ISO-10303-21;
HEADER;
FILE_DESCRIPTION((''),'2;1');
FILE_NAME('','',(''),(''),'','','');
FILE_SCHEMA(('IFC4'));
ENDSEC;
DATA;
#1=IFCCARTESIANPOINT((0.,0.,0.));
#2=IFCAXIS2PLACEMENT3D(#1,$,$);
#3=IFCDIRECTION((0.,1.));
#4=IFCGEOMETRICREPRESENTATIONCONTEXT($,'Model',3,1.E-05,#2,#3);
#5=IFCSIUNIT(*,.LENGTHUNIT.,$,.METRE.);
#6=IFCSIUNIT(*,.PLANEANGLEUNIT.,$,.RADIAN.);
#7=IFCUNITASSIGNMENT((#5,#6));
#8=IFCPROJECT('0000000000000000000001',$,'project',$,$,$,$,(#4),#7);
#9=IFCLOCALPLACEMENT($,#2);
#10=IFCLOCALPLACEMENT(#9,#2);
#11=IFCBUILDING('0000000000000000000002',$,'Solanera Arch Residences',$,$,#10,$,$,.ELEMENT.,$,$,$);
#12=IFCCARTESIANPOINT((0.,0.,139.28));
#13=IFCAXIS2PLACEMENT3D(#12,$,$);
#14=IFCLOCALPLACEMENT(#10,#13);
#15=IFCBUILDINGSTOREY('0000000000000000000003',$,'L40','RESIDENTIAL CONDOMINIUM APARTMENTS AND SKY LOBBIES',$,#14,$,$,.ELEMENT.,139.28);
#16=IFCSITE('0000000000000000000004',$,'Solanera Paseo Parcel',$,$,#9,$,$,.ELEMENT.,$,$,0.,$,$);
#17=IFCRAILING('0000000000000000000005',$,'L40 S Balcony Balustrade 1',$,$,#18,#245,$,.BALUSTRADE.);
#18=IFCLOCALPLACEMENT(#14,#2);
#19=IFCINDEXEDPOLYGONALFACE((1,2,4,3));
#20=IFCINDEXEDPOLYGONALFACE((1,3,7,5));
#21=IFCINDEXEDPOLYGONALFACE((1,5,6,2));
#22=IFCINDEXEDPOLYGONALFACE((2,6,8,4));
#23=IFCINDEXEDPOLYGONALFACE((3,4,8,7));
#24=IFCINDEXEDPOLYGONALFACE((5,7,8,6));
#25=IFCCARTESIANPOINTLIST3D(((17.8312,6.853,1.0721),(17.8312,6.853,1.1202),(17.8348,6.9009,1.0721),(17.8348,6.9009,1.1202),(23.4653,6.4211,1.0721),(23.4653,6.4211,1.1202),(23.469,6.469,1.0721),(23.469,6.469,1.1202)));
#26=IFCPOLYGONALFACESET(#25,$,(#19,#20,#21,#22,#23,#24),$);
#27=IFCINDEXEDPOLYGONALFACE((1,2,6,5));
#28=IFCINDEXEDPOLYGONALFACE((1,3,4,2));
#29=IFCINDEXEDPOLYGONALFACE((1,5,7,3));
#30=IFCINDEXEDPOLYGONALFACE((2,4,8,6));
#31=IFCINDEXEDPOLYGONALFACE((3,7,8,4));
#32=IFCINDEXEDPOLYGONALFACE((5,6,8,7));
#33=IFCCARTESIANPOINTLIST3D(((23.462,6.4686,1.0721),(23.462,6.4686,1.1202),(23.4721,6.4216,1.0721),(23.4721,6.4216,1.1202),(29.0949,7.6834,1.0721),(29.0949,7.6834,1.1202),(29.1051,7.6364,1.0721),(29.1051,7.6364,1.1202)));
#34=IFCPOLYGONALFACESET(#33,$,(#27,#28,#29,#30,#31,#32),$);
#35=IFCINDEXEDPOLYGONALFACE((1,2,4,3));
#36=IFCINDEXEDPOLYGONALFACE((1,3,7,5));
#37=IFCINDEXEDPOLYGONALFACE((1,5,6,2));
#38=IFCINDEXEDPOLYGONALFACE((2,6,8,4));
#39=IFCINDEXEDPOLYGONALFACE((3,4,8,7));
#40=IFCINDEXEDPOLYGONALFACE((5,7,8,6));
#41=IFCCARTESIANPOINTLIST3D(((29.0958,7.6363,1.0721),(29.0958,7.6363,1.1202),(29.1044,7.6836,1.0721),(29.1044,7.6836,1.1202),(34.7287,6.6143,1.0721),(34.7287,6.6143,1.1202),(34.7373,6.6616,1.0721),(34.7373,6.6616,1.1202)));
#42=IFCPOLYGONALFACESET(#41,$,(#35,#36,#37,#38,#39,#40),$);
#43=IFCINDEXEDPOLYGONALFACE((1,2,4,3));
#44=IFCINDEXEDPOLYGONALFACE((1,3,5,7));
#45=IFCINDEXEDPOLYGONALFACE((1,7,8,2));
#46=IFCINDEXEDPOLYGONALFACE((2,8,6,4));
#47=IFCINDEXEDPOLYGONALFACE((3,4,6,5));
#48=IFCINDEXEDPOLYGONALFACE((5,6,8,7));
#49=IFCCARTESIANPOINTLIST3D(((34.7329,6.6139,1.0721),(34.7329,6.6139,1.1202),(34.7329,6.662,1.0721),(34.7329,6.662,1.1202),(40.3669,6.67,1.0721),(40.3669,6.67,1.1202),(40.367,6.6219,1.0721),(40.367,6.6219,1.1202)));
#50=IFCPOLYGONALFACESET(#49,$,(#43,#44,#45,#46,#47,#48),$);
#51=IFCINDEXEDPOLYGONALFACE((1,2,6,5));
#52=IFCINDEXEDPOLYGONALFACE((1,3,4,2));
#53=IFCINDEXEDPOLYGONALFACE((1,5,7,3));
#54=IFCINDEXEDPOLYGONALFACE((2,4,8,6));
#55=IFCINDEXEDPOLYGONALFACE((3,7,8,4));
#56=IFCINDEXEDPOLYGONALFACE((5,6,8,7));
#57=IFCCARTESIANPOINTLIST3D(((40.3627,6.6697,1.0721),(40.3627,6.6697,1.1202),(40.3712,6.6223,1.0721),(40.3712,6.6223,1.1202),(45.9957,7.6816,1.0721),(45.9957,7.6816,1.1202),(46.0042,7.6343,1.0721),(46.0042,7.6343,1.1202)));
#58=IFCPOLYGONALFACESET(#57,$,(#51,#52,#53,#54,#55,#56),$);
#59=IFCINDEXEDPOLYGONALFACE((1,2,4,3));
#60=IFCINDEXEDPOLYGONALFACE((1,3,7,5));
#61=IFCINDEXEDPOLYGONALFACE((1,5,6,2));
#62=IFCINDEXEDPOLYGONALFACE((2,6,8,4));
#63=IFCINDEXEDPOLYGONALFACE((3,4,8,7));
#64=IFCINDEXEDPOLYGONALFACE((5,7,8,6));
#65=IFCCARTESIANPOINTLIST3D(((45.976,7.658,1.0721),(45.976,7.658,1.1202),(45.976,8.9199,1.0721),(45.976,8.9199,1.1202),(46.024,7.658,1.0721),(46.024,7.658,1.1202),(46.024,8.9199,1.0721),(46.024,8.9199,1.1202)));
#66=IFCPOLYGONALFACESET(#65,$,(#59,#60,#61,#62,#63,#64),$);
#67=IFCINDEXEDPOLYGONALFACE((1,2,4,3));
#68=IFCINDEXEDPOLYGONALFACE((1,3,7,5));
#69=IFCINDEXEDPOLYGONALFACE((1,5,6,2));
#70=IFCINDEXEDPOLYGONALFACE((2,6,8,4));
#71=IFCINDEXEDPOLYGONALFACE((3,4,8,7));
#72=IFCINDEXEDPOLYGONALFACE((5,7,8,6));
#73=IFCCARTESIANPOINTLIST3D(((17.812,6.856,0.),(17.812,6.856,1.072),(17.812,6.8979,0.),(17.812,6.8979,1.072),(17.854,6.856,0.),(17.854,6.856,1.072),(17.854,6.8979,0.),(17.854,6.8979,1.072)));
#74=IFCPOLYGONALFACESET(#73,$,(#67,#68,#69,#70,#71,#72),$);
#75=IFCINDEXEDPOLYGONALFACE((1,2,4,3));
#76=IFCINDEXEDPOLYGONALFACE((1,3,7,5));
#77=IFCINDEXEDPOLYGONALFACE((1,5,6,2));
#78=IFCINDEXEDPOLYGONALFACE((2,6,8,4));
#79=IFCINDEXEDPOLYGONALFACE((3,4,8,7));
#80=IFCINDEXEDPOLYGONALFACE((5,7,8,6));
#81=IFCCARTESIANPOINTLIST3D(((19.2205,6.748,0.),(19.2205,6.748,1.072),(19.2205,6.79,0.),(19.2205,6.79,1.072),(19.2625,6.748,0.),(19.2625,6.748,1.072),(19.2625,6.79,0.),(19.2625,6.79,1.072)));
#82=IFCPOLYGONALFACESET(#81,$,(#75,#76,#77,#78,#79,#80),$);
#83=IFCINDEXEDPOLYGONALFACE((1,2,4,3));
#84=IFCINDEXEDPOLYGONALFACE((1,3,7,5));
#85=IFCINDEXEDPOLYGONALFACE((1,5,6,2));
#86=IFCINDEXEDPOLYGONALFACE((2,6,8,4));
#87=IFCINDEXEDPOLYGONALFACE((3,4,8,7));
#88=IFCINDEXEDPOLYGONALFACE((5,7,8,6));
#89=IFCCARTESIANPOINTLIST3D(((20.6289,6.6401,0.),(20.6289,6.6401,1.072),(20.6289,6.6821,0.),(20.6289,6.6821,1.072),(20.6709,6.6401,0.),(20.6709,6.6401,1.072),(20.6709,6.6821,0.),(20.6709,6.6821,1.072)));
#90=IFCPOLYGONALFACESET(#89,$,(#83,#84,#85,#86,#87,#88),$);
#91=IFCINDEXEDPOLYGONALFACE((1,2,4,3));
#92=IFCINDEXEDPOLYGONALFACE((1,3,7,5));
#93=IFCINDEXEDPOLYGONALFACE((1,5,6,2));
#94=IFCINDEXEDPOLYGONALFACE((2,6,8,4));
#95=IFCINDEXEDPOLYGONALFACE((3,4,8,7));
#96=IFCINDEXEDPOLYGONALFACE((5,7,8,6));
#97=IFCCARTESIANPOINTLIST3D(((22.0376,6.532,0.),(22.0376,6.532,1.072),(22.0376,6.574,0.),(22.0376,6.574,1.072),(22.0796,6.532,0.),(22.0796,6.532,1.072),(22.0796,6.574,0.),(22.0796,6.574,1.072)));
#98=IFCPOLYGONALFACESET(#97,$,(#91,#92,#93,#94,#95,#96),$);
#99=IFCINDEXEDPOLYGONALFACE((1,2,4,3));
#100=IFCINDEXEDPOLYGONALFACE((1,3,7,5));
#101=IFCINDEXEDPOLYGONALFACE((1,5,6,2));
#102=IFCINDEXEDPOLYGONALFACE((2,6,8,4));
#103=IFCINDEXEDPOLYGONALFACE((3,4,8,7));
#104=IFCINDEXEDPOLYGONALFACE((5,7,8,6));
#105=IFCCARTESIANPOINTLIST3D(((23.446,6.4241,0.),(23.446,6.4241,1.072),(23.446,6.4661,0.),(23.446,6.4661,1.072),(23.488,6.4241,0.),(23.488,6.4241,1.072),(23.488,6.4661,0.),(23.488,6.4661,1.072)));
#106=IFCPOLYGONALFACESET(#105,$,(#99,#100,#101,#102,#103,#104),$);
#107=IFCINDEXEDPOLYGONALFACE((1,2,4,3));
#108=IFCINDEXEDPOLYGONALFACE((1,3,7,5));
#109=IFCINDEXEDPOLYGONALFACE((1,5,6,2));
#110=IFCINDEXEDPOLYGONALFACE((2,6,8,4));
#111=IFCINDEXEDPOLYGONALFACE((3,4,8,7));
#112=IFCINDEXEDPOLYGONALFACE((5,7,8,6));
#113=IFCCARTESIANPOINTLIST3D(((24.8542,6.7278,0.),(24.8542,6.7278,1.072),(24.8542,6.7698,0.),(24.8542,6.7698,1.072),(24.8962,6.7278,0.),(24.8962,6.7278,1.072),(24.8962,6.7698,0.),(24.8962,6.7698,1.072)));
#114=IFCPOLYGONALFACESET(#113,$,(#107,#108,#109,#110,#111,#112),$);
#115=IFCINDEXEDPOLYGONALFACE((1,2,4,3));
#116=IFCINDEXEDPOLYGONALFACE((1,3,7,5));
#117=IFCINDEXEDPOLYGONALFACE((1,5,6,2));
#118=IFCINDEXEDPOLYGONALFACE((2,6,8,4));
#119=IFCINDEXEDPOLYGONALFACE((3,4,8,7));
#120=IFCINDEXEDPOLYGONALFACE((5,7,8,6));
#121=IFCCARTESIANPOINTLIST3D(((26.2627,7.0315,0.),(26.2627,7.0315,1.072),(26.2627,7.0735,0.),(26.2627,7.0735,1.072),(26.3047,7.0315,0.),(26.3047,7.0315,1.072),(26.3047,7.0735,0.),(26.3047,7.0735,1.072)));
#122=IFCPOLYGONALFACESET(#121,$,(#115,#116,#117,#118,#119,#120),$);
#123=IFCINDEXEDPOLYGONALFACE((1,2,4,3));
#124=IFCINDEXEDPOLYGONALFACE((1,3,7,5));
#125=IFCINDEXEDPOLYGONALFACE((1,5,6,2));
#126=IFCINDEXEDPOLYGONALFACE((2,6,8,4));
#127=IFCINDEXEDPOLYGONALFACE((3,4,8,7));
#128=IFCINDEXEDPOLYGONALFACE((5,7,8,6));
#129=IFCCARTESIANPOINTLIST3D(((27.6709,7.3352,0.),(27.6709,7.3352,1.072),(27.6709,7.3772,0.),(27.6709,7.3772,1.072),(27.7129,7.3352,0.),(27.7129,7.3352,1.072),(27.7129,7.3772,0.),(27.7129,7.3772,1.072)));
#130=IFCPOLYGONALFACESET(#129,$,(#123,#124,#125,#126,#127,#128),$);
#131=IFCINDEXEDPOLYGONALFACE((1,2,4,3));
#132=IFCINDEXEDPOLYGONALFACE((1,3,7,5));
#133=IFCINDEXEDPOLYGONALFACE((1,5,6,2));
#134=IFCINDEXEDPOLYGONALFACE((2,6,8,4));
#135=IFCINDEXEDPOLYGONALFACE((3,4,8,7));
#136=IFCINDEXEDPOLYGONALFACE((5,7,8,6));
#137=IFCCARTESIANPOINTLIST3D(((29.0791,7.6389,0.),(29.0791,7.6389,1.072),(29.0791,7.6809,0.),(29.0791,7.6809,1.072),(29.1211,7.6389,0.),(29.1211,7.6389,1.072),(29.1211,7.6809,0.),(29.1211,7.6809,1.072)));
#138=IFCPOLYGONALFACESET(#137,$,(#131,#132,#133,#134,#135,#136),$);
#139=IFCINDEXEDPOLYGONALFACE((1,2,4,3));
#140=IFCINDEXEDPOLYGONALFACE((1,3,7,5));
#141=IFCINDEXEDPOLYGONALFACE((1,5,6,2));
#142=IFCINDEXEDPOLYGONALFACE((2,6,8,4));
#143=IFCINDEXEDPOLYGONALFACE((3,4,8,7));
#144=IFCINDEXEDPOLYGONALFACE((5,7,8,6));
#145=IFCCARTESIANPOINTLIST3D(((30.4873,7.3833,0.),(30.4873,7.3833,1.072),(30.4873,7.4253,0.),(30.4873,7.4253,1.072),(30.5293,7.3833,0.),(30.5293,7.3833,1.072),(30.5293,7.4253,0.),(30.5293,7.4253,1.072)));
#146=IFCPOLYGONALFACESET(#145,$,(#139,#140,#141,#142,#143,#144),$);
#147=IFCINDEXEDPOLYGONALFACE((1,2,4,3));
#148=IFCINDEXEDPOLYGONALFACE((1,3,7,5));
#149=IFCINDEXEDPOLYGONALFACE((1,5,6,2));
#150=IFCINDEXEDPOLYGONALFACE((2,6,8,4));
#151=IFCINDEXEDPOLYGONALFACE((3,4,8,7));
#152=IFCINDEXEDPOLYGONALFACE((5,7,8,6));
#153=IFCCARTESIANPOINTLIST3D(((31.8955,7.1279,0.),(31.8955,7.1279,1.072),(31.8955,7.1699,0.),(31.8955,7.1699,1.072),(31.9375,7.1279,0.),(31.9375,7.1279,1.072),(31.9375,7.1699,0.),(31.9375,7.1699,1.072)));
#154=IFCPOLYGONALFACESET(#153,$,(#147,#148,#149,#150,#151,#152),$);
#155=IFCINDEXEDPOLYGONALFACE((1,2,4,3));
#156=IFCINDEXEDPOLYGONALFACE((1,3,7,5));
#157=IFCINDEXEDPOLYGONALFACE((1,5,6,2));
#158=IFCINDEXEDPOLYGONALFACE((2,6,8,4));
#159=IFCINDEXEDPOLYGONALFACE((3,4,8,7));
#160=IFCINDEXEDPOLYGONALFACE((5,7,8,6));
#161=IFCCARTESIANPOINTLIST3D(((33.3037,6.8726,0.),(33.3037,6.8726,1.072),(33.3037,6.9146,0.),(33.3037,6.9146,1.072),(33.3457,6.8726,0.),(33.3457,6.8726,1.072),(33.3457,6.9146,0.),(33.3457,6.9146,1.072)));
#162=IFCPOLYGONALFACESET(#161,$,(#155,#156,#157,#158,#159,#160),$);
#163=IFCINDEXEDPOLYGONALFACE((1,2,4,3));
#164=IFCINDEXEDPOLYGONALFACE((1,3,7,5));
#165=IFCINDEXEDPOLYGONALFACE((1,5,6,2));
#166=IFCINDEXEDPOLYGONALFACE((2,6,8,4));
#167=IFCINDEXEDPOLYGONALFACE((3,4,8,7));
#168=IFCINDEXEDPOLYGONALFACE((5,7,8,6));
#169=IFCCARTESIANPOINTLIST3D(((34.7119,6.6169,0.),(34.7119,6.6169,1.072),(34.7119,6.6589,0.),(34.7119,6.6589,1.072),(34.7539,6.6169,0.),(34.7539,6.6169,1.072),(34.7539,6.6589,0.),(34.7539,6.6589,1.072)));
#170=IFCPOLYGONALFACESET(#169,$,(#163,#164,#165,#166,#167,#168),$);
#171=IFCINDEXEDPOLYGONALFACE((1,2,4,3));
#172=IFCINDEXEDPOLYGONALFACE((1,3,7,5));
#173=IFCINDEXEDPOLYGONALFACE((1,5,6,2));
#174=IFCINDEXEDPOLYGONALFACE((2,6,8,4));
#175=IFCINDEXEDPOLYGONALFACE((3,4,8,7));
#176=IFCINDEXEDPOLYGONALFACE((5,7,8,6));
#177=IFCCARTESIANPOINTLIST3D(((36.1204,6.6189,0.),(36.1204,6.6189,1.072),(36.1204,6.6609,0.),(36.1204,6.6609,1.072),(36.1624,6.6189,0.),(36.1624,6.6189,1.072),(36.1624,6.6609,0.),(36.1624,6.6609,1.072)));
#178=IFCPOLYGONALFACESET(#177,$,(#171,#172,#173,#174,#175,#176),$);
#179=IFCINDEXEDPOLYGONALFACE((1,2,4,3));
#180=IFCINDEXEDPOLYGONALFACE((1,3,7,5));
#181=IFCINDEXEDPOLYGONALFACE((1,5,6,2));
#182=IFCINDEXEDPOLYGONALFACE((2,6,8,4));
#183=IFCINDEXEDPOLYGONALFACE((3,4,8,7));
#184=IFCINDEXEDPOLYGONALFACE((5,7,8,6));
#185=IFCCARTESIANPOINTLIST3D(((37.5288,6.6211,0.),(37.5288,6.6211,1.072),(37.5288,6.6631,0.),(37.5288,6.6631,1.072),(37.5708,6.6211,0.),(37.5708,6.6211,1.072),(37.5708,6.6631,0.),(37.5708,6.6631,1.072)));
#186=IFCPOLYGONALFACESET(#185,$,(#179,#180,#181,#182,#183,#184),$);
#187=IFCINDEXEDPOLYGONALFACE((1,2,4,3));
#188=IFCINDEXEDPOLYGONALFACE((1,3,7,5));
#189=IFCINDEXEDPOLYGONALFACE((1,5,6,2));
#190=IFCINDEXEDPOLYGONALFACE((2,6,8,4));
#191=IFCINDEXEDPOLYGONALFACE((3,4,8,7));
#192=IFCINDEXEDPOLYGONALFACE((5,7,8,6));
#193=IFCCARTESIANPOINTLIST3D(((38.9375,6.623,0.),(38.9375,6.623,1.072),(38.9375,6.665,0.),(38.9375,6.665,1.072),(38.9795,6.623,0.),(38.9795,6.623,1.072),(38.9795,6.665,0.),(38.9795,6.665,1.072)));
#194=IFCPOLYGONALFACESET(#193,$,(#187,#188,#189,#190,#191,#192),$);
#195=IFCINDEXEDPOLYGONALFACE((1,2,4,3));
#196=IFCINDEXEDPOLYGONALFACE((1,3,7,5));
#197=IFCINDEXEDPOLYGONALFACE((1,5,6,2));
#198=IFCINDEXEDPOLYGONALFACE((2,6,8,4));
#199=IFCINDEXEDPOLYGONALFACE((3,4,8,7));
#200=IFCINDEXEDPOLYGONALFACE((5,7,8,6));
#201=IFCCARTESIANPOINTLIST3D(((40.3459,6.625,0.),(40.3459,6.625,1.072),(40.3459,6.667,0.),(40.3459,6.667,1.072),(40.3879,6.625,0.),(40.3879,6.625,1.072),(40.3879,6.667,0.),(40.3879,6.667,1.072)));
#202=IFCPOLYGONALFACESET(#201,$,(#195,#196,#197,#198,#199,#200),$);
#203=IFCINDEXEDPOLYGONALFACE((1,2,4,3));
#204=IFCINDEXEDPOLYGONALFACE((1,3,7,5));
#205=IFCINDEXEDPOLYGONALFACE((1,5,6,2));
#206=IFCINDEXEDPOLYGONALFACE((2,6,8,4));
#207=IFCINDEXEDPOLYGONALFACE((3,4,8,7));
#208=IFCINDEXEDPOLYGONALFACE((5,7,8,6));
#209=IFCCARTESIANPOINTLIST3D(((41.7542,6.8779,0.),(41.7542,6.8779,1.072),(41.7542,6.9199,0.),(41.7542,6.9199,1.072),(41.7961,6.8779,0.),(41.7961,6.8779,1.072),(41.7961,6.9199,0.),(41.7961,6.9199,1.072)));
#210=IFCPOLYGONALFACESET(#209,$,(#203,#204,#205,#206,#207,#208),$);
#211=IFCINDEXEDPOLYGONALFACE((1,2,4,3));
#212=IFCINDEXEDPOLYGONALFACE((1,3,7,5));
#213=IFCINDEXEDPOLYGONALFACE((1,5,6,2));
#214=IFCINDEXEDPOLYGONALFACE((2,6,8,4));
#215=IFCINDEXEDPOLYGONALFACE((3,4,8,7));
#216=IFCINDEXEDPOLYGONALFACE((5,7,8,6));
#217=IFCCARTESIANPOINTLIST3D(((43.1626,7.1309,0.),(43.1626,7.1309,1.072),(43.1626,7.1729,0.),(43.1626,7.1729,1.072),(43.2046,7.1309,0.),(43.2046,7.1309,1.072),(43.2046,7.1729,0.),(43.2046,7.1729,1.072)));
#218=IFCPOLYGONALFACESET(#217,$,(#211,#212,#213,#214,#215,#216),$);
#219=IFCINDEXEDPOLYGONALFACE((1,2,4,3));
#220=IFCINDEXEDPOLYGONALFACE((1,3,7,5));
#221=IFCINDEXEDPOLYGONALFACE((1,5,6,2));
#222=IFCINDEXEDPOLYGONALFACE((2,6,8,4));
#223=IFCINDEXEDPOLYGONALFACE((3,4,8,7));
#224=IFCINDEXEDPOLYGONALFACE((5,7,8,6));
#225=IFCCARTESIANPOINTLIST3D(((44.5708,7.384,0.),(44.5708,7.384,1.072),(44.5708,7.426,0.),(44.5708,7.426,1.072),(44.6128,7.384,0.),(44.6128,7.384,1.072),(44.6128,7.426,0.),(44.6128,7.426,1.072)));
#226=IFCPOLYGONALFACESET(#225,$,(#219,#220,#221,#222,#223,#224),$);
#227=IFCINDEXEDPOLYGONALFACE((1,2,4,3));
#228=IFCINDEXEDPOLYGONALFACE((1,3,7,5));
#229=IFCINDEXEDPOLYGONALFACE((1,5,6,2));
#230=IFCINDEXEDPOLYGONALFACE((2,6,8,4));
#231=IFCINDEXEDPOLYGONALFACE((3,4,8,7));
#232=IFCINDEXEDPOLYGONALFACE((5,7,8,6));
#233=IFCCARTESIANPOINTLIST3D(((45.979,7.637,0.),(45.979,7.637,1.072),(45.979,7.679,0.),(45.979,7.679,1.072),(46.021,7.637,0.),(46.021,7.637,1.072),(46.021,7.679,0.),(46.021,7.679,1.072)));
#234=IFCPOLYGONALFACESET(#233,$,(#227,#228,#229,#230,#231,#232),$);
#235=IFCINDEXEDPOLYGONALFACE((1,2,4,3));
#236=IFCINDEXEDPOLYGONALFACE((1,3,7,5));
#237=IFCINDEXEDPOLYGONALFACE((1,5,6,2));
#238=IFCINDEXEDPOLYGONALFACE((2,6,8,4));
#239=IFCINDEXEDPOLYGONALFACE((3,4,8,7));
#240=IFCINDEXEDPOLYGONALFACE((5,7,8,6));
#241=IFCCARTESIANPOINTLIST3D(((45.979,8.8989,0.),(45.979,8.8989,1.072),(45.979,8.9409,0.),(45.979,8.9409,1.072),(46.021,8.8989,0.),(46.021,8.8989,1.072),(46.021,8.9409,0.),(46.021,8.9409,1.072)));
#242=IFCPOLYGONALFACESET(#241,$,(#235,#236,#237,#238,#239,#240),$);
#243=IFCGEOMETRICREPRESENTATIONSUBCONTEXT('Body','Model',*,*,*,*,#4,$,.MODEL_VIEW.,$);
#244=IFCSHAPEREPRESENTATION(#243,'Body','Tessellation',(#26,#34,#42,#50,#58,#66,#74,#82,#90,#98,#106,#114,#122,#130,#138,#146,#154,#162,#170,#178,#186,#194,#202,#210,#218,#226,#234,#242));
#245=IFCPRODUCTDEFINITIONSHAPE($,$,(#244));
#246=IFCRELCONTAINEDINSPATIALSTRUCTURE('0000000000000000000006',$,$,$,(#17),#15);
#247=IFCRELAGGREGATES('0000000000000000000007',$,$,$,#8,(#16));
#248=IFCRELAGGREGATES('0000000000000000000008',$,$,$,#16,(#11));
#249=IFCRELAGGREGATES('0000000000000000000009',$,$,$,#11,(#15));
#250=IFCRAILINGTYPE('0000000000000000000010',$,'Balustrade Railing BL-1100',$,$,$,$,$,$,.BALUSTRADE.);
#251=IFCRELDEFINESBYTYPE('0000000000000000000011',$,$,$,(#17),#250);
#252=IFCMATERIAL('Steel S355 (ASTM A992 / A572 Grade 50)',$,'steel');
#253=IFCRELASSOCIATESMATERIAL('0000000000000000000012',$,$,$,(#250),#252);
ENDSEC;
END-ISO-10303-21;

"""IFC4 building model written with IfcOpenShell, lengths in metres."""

from ifc_helpers import new_model, si_unit, direction, frame, origin, origin_2d, place, context, subcontext, project, spatial, rectangle, extrude, material, type_object, element, save


model = new_model("IFC4")

# Units and contexts
model_context = context("Model", 3, precision=1e-05, world=origin(), true_north=direction((0.0, 1.0)))
body_context = subcontext(model_context, "Body", "Model", "MODEL_VIEW")
ifc_project = project(units=[si_unit("LENGTHUNIT", "METRE"), si_unit("PLANEANGLEUNIT", "RADIAN")], contexts=[model_context])

# Site, building, storey
site_placement = place(None, origin())
site = spatial("IfcSite", under=ifc_project, at=site_placement, Name="Solanera Paseo Parcel", CompositionType="ELEMENT", RefElevation=0.0)
building_placement = place(site_placement, origin())
building = spatial("IfcBuilding", under=site, at=building_placement, Name="Solanera Arch Residences", CompositionType="ELEMENT")
storey_placement = place(building_placement, frame((0.0, 0.0, 139.28)))
storey = spatial("IfcBuildingStorey", under=building, at=storey_placement, Name="L40", Description="RESIDENTIAL CONDOMINIUM APARTMENTS AND SKY LOBBIES", CompositionType="ELEMENT", Elevation=139.28)

# Railing
ifc_material_1 = material(Name="Steel S355 (ASTM A992 / A572 Grade 50)", Category="steel")
railing_type = type_object("IfcRailingType", Name="Balustrade Railing BL-1100", PredefinedType="BALUSTRADE", material=ifc_material_1)
railing_placement = place(storey_placement, frame((17.833, 6.877, 0.0)))
element("IfcRailing", 1, at=railing_placement, inside=storey, type_object=railing_type, Name="L40 S Balcony Balustrade 1", PredefinedType="BALUSTRADE", context=body_context, shape_type="SweptSolid", body=[
    extrude(rectangle(XDim=0.0481, YDim=0.0481, at=origin_2d()), frame((0.0, 0.0, 1.0962), z_axis=(0.997075, -0.076432, 0.0), x_axis=(0.076432, 0.997075, 0.0)), (0.0, 0.0, 1.0), 5.6506),
    extrude(rectangle(XDim=0.0481, YDim=0.0481, at=origin_2d()), frame((5.634, -0.4319, 1.0962), z_axis=(0.977526, 0.210816, 0.0), x_axis=(-0.210816, 0.977526, 0.0)), (0.0, 0.0, 1.0), 5.7625),
    extrude(rectangle(XDim=0.0481, YDim=0.0481, at=origin_2d()), frame((11.2671, 0.783, 1.0962), z_axis=(0.983937, -0.178518, 0.0), x_axis=(0.178518, 0.983937, 0.0)), (0.0, 0.0, 1.0), 5.7249),
    extrude(rectangle(XDim=0.0481, YDim=0.0481, at=origin_2d()), frame((16.8999, -0.239, 1.0962), z_axis=(0.999999, 0.00143, 0.0), x_axis=(-0.00143, 0.999999, 0.0)), (0.0, 0.0, 1.0), 5.634),
    extrude(rectangle(XDim=0.0481, YDim=0.0481, at=origin_2d()), frame((22.5339, -0.231, 1.0962), z_axis=(0.984244, 0.176817, 0.0), x_axis=(-0.176817, 0.984244, 0.0)), (0.0, 0.0, 1.0), 5.7231),
    extrude(rectangle(XDim=0.0481, YDim=0.0481, at=origin_2d()), frame((28.167, 0.781, 1.0962), z_axis=(0.0, 1.0, 0.0), x_axis=(-1.0, 0.0, 0.0)), (0.0, 0.0, 1.0), 1.262),
    extrude(rectangle(XDim=0.042, YDim=0.042, at=origin_2d()), origin(), (0.0, 0.0, 1.0), 1.072),
    extrude(rectangle(XDim=0.042, YDim=0.042, at=origin_2d()), frame((1.4084, -0.1079, 0.0)), (0.0, 0.0, 1.0), 1.072),
    extrude(rectangle(XDim=0.042, YDim=0.042, at=origin_2d()), frame((2.8169, -0.2158, 0.0)), (0.0, 0.0, 1.0), 1.072),
    extrude(rectangle(XDim=0.042, YDim=0.042, at=origin_2d()), frame((4.2256, -0.324, 0.0)), (0.0, 0.0, 1.0), 1.072),
    extrude(rectangle(XDim=0.042, YDim=0.042, at=origin_2d()), frame((5.634, -0.4319, 0.0)), (0.0, 0.0, 1.0), 1.072),
    extrude(rectangle(XDim=0.042, YDim=0.042, at=origin_2d()), frame((7.0422, -0.1282, 0.0)), (0.0, 0.0, 1.0), 1.072),
    extrude(rectangle(XDim=0.042, YDim=0.042, at=origin_2d()), frame((8.4507, 0.1755, 0.0)), (0.0, 0.0, 1.0), 1.072),
    extrude(rectangle(XDim=0.042, YDim=0.042, at=origin_2d()), frame((9.8589, 0.4792, 0.0)), (0.0, 0.0, 1.0), 1.072),
    extrude(rectangle(XDim=0.042, YDim=0.042, at=origin_2d()), frame((11.2671, 0.783, 0.0)), (0.0, 0.0, 1.0), 1.072),
    extrude(rectangle(XDim=0.042, YDim=0.042, at=origin_2d()), frame((12.6753, 0.5273, 0.0)), (0.0, 0.0, 1.0), 1.072),
    extrude(rectangle(XDim=0.042, YDim=0.042, at=origin_2d()), frame((14.0835, 0.272, 0.0)), (0.0, 0.0, 1.0), 1.072),
    extrude(rectangle(XDim=0.042, YDim=0.042, at=origin_2d()), frame((15.4917, 0.0166, 0.0)), (0.0, 0.0, 1.0), 1.072),
    extrude(rectangle(XDim=0.042, YDim=0.042, at=origin_2d()), frame((16.8999, -0.239, 0.0)), (0.0, 0.0, 1.0), 1.072),
    extrude(rectangle(XDim=0.042, YDim=0.042, at=origin_2d()), frame((18.3083, -0.2371, 0.0)), (0.0, 0.0, 1.0), 1.072),
    extrude(rectangle(XDim=0.042, YDim=0.042, at=origin_2d()), frame((19.7168, -0.2349, 0.0)), (0.0, 0.0, 1.0), 1.072),
    extrude(rectangle(XDim=0.042, YDim=0.042, at=origin_2d()), frame((21.1255, -0.2329, 0.0)), (0.0, 0.0, 1.0), 1.072),
    extrude(rectangle(XDim=0.042, YDim=0.042, at=origin_2d()), frame((22.5339, -0.231, 0.0)), (0.0, 0.0, 1.0), 1.072),
    extrude(rectangle(XDim=0.042, YDim=0.042, at=origin_2d()), frame((23.9421, 0.022, 0.0)), (0.0, 0.0, 1.0), 1.072),
    extrude(rectangle(XDim=0.042, YDim=0.042, at=origin_2d()), frame((25.3506, 0.2749, 0.0)), (0.0, 0.0, 1.0), 1.072),
    extrude(rectangle(XDim=0.042, YDim=0.042, at=origin_2d()), frame((26.7588, 0.5281, 0.0)), (0.0, 0.0, 1.0), 1.072),
    extrude(rectangle(XDim=0.042, YDim=0.042, at=origin_2d()), frame((28.167, 0.781, 0.0)), (0.0, 0.0, 1.0), 1.072),
    extrude(rectangle(XDim=0.042, YDim=0.042, at=origin_2d()), frame((28.167, 2.043, 0.0)), (0.0, 0.0, 1.0), 1.072),
])

save(model, "model.ifc")
